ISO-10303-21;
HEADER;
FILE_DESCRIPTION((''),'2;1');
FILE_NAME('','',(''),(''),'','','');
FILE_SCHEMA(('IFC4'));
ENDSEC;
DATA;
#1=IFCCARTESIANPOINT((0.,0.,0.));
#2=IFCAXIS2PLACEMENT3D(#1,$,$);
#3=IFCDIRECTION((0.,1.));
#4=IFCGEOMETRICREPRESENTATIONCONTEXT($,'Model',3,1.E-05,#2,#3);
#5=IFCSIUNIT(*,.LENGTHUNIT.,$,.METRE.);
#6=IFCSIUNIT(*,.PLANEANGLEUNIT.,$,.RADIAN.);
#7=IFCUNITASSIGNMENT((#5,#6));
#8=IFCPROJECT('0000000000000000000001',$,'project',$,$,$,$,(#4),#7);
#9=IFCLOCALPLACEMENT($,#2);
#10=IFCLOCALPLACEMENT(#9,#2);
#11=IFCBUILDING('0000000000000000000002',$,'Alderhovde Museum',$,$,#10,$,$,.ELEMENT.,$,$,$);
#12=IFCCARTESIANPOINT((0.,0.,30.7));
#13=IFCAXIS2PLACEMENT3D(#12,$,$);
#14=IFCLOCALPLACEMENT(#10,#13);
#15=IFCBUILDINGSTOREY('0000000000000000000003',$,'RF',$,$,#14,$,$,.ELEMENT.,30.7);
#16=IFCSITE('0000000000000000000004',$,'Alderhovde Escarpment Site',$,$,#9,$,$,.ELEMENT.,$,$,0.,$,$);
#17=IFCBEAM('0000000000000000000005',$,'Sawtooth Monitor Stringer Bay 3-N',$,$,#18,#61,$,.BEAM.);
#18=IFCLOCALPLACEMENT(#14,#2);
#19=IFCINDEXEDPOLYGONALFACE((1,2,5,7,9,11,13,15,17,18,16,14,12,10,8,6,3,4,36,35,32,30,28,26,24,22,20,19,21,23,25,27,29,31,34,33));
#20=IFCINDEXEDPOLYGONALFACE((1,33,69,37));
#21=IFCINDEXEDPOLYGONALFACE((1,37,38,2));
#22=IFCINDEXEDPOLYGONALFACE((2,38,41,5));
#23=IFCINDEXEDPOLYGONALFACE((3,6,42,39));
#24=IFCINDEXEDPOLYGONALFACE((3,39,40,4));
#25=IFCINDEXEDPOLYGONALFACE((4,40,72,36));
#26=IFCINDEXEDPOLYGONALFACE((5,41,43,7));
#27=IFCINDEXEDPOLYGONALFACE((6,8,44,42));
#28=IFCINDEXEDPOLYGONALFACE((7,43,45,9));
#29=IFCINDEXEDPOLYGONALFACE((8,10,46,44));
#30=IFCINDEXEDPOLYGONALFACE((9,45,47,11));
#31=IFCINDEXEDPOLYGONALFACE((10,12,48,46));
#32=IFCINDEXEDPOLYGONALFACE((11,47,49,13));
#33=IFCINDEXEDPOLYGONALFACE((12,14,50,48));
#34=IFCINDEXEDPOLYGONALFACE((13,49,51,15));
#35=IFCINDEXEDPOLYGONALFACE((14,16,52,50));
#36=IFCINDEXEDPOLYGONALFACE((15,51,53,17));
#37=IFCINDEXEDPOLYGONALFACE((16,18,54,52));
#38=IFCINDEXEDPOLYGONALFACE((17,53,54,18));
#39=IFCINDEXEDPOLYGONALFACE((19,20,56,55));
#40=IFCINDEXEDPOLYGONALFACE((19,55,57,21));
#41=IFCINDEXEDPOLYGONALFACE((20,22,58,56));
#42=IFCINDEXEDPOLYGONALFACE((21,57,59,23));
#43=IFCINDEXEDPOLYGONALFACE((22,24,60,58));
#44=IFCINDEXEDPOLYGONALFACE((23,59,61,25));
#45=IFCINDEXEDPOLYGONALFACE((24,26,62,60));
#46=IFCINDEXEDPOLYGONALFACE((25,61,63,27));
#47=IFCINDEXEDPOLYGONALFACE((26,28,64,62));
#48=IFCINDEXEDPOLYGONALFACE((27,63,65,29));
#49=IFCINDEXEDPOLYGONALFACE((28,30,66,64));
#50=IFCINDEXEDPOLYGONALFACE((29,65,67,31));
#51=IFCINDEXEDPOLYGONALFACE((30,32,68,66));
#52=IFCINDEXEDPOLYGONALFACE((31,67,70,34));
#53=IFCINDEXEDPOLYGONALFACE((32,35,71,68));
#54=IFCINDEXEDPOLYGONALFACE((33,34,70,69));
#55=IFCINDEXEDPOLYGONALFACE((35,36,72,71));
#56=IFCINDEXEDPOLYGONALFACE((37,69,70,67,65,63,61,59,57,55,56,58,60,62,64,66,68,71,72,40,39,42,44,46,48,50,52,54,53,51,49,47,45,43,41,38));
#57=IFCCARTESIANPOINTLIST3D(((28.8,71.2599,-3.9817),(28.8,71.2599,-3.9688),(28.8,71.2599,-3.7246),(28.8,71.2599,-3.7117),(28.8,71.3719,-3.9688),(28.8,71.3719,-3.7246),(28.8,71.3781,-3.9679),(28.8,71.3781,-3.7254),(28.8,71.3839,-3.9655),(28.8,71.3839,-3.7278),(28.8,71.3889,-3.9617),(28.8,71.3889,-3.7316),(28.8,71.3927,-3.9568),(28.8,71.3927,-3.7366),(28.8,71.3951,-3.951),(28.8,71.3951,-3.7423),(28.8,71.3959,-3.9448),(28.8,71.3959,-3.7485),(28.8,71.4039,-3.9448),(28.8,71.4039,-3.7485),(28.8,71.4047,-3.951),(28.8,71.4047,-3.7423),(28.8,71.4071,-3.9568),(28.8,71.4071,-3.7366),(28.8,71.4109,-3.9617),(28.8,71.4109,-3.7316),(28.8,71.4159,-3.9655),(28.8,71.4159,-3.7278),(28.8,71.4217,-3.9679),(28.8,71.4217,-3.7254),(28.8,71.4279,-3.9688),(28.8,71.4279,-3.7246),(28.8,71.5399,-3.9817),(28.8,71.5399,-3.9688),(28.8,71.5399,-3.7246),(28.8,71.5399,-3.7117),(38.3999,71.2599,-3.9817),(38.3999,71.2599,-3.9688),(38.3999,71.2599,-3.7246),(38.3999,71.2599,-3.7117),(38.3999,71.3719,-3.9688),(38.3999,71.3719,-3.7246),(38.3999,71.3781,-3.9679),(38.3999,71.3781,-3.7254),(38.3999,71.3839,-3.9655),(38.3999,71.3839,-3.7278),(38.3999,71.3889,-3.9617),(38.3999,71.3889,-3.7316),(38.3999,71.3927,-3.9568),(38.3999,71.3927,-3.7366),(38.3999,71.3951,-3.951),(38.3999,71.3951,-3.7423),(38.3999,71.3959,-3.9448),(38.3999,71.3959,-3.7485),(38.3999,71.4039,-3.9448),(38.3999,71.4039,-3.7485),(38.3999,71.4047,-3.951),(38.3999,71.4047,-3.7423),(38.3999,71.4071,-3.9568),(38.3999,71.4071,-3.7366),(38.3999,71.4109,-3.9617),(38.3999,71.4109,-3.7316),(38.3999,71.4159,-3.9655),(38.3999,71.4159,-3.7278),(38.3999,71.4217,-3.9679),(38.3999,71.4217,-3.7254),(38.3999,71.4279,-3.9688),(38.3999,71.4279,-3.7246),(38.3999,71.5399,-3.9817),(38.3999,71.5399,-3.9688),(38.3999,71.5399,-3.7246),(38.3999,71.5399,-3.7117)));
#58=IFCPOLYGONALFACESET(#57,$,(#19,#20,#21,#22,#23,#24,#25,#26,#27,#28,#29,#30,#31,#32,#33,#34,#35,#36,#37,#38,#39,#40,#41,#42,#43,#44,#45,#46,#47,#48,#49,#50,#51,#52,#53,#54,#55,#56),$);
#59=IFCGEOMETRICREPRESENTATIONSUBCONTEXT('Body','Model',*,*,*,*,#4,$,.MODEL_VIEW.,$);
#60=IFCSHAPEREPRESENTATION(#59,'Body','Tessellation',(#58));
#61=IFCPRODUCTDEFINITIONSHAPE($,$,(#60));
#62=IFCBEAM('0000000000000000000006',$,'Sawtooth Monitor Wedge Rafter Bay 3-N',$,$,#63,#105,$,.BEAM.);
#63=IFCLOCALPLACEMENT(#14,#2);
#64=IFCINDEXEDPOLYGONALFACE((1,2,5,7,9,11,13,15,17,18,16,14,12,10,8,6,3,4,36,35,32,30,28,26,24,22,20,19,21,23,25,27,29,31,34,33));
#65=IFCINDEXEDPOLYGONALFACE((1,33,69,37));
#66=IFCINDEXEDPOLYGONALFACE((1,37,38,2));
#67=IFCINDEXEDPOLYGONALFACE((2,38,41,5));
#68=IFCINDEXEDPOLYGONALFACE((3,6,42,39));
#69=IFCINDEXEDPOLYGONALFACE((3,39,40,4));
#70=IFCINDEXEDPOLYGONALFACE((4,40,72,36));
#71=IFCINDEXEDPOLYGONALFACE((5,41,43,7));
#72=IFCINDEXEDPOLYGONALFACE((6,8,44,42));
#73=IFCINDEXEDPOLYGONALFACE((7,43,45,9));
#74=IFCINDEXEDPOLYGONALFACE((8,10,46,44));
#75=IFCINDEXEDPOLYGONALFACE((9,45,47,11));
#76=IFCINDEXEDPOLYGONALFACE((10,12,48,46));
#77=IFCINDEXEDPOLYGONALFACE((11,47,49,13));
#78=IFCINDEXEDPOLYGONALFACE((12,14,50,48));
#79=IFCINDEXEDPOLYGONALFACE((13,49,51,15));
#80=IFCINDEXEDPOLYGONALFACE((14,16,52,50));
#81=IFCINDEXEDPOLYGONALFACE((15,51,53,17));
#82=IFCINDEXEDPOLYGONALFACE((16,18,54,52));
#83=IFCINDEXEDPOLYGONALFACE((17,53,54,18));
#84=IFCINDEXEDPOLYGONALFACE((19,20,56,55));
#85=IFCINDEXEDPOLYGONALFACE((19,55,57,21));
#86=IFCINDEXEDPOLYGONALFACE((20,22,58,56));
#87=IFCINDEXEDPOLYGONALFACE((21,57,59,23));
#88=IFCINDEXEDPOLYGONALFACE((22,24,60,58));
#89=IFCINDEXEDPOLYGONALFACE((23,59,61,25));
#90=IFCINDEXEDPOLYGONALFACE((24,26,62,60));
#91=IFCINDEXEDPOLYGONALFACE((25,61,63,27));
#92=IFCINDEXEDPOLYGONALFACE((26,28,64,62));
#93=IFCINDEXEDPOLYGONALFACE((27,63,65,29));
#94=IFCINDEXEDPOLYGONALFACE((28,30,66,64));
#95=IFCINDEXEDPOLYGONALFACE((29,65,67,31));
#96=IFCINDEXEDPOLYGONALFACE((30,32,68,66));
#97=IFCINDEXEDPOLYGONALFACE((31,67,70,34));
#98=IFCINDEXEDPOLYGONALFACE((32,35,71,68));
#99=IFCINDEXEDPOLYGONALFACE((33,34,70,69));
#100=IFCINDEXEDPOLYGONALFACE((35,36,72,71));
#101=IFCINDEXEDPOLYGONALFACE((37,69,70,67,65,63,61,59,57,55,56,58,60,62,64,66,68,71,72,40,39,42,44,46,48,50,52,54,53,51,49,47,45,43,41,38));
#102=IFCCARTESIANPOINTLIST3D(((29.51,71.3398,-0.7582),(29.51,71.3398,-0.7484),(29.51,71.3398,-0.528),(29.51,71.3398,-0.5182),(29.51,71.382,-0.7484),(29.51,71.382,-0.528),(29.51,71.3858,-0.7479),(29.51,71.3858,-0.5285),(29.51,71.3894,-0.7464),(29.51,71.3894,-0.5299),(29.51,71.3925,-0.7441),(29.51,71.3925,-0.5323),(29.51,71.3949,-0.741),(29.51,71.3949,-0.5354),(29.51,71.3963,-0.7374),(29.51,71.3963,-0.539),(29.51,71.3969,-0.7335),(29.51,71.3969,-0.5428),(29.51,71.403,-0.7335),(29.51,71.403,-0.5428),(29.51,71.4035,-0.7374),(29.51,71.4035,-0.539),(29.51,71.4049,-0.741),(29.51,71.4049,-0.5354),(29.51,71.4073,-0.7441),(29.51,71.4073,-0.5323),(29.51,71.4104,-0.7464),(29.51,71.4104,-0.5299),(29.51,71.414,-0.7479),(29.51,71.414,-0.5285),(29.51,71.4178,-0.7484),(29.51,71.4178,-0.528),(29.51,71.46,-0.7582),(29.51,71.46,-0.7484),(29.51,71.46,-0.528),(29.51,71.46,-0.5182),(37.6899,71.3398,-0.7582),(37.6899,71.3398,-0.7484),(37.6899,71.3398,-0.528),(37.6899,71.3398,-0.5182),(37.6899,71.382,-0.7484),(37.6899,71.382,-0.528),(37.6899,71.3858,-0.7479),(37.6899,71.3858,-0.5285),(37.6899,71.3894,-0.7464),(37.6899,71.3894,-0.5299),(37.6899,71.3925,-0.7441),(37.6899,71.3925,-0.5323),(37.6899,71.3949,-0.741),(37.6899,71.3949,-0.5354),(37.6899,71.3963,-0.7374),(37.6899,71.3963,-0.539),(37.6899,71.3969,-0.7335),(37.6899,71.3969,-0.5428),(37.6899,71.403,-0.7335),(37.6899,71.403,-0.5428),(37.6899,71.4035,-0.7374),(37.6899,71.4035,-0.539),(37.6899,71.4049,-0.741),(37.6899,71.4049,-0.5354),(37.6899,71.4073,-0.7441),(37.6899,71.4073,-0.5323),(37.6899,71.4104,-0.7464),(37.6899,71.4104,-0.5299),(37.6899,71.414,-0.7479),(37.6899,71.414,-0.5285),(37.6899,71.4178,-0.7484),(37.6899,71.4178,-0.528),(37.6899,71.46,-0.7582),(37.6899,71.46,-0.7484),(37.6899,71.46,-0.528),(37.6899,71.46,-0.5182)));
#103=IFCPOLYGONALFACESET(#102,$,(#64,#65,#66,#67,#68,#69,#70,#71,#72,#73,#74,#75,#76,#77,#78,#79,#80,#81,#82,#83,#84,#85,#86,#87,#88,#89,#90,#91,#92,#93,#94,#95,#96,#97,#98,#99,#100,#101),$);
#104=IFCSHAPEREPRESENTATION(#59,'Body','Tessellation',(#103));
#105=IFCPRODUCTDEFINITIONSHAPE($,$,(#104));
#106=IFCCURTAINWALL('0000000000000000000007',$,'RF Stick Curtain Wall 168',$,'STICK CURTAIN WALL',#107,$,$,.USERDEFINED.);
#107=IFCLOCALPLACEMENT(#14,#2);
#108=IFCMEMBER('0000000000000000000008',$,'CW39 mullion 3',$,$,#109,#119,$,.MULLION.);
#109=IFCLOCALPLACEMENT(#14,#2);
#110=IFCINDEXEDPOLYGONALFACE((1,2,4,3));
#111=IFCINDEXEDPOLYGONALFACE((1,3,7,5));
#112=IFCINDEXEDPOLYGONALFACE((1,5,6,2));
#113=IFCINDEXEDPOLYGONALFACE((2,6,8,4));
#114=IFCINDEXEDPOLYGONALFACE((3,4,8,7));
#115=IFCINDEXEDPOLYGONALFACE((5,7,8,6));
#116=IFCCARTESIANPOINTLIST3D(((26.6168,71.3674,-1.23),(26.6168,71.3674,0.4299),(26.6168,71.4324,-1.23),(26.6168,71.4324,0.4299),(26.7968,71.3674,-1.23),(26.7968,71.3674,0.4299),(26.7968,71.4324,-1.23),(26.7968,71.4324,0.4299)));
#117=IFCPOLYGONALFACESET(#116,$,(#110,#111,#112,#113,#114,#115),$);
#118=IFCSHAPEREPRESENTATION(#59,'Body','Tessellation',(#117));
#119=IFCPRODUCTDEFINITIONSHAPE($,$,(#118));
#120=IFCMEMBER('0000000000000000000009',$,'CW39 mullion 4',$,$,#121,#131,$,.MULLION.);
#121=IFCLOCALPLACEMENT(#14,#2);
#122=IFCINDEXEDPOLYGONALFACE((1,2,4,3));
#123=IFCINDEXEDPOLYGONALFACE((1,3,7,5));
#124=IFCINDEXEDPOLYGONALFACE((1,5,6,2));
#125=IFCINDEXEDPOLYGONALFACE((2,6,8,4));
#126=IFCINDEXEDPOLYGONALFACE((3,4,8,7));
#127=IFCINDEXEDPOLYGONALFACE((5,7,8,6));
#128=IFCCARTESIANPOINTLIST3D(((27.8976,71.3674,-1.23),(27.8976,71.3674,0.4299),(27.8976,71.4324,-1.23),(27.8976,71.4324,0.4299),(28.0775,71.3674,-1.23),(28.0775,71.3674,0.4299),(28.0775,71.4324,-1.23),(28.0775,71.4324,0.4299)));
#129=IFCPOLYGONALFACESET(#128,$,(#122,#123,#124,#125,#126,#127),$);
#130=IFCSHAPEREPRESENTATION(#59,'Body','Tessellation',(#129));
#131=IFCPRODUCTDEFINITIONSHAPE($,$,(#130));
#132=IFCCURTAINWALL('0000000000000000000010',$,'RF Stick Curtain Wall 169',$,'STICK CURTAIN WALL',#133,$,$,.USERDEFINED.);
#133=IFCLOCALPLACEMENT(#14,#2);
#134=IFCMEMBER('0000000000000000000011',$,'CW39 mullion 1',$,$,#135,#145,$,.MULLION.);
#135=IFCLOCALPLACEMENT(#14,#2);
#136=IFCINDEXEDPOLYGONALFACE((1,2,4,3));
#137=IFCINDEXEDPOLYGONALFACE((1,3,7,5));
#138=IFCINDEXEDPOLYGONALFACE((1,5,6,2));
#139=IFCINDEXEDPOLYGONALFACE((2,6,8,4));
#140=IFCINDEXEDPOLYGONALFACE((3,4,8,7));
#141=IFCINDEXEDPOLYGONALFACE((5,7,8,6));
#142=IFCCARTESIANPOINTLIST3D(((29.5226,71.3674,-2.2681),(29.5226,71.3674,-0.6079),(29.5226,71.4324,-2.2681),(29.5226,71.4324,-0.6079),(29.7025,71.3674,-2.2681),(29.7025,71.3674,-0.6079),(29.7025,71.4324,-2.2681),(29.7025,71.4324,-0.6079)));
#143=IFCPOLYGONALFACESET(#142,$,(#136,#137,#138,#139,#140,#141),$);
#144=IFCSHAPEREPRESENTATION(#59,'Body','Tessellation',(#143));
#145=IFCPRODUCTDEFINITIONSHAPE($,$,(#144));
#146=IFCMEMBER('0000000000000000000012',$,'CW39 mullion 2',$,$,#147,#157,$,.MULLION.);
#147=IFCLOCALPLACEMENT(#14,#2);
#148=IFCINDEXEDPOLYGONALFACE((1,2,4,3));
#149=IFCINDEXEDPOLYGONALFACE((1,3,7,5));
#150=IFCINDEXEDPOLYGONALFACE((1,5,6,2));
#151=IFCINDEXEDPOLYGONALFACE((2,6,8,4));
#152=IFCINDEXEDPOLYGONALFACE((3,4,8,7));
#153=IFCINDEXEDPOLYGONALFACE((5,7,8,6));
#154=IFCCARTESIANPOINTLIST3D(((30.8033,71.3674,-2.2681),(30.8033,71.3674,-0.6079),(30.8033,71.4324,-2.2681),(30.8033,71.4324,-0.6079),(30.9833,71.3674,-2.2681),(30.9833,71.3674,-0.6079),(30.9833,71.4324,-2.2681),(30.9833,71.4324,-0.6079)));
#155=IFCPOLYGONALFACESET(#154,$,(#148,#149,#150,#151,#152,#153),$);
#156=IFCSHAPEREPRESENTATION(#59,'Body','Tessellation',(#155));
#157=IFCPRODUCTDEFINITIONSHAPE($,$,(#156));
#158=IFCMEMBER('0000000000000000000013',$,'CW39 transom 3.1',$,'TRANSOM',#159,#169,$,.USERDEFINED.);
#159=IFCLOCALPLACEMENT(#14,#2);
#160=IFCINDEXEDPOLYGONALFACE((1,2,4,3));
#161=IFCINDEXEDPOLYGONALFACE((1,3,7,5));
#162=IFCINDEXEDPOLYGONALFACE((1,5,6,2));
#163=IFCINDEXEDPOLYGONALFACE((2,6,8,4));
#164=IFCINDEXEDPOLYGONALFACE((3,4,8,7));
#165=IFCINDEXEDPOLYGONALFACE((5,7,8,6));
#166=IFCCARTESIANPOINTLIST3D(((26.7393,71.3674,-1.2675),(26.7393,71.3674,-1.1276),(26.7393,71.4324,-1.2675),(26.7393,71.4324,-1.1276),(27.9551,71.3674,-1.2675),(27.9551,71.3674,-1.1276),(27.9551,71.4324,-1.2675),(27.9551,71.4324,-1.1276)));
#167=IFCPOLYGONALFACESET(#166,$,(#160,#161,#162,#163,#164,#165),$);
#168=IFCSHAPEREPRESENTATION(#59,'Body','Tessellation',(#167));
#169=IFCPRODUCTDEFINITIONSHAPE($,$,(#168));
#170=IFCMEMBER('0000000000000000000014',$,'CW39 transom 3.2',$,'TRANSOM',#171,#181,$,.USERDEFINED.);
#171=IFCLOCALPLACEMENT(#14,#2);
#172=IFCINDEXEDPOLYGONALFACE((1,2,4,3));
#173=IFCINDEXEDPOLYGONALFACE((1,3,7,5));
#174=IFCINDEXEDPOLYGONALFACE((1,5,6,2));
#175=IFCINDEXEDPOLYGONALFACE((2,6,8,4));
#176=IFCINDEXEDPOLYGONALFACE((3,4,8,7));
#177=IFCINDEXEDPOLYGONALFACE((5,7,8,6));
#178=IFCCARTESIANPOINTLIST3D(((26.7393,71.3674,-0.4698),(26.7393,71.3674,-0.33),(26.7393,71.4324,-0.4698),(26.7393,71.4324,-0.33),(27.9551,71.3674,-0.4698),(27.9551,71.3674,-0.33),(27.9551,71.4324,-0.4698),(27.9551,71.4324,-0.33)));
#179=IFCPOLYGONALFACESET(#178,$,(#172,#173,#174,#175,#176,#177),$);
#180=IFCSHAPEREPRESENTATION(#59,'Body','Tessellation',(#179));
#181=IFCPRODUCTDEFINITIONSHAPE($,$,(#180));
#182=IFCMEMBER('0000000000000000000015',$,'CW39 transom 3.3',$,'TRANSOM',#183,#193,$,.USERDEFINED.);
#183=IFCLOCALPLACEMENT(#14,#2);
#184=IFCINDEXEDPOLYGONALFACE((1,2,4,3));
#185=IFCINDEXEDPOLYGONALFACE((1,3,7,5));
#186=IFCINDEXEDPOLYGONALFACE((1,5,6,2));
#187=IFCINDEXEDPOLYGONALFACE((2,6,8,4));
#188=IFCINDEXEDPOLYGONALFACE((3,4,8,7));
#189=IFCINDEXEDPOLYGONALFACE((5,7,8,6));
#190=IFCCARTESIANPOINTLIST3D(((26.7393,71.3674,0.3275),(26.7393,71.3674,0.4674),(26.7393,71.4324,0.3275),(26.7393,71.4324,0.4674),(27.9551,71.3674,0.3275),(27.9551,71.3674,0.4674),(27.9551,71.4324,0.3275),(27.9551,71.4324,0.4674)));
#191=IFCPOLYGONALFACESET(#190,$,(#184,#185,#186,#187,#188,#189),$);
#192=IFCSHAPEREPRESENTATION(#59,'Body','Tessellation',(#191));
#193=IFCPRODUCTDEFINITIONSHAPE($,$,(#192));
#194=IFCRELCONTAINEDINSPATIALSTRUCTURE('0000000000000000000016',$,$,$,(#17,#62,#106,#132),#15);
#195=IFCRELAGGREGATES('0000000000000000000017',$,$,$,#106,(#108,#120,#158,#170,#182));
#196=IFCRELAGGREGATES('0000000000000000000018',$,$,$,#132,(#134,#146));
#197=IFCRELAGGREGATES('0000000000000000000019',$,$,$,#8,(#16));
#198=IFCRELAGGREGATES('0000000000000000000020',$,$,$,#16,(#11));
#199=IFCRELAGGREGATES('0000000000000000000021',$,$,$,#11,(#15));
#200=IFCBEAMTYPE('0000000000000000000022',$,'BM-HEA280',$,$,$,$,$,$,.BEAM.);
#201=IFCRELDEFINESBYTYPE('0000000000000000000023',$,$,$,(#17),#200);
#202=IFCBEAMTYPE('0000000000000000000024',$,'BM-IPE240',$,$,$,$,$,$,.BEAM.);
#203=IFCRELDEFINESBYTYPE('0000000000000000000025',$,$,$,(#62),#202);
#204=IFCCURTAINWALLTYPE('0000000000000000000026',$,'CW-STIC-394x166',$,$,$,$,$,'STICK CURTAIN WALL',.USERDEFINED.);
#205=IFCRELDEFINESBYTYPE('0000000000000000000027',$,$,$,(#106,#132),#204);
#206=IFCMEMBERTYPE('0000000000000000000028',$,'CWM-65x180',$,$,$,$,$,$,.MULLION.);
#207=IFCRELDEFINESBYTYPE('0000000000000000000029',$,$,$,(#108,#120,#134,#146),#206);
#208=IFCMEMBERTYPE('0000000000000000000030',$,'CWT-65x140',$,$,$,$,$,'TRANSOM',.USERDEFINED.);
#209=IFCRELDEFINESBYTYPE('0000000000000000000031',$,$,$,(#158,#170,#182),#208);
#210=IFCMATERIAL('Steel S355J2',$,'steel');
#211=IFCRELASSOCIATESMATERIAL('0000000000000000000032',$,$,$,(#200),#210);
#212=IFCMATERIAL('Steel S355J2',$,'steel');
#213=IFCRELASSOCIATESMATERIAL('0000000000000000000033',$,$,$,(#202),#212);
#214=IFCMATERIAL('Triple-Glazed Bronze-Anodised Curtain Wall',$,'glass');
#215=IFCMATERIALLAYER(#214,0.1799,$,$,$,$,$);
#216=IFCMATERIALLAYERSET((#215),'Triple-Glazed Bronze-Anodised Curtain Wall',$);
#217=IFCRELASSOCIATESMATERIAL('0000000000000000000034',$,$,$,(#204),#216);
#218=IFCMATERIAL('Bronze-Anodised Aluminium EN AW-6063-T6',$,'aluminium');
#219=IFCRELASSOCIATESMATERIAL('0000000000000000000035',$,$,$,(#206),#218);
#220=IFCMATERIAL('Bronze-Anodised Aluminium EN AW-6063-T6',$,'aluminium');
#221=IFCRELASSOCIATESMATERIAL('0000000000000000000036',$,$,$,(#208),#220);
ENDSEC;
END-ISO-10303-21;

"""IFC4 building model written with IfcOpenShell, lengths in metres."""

from ifc_helpers import new_model, si_unit, direction, frame, origin, origin_2d, place, context, subcontext, project, spatial, rectangle, i_section, extrude, material, layer, layer_set, material_profile, profile_set, type_object, element, aggregate, save


model = new_model("IFC4")

# Units and contexts
model_context = context("Model", 3, precision=1e-05, world=origin(), true_north=direction((0.0, 1.0)))
body_context = subcontext(model_context, "Body", "Model", "MODEL_VIEW")
ifc_project = project(units=[si_unit("LENGTHUNIT", "METRE"), si_unit("PLANEANGLEUNIT", "RADIAN")], contexts=[model_context])

# Site, building, storey
site_placement = place(None, origin())
site = spatial("IfcSite", under=ifc_project, at=site_placement, Name="Alderhovde Escarpment Site", CompositionType="ELEMENT", RefElevation=0.0)
building_placement = place(site_placement, origin())
building = spatial("IfcBuilding", under=site, at=building_placement, Name="Alderhovde Museum", CompositionType="ELEMENT")
storey_placement = place(building_placement, frame((0.0, 0.0, 30.7)))
storey = spatial("IfcBuildingStorey", under=building, at=storey_placement, Name="RF", CompositionType="ELEMENT", Elevation=30.7)

# Beams
ifc_material_1 = material(Name="Steel S355J2", Category="steel")
ifc_material_profile_1 = material_profile(ifc_material_1, i_section(OverallWidth=0.28, OverallDepth=0.27, WebThickness=0.0081, FlangeThickness=0.0129, FilletRadius=0.0239, at=origin_2d()), Name="HEA 280")
ifc_profile_set_1 = profile_set([ifc_material_profile_1], Name="Steel S355J2")
beam_type_1 = type_object("IfcBeamType", Name="BM-HEA280", PredefinedType="BEAM", material=ifc_profile_set_1)
beam_1_placement = place(storey_placement, frame((28.8, 71.3999, -3.8467), z_axis=(1.0, 0.0, 0.0), x_axis=(0.0, 1.0, 0.0)))
element("IfcBeam", 1, at=beam_1_placement, inside=storey, type_object=beam_type_1, Name="Sawtooth Monitor Stringer Bay 3-N", PredefinedType="BEAM", context=body_context, shape_type="SweptSolid", body=[
    extrude(i_section(OverallWidth=0.28, OverallDepth=0.27, WebThickness=0.0081, FlangeThickness=0.0129, FilletRadius=0.0239, at=origin_2d()), origin(), (0.0, 0.0, 1.0), 9.5999),
])
ifc_material_2 = material(Name="Steel S355J2", Category="steel")
ifc_material_profile_2 = material_profile(ifc_material_2, i_section(OverallWidth=0.1201, OverallDepth=0.24, WebThickness=0.0061, FlangeThickness=0.0098, FilletRadius=0.0149, at=origin_2d()), Name="IPE 240")
ifc_profile_set_2 = profile_set([ifc_material_profile_2], Name="Steel S355J2")
beam_type_2 = type_object("IfcBeamType", Name="BM-IPE240", PredefinedType="BEAM", material=ifc_profile_set_2)
beam_2_placement = place(storey_placement, frame((29.51, 71.3999, -0.6382), z_axis=(1.0, 0.0, 0.0), x_axis=(0.0, 1.0, 0.0)))
element("IfcBeam", 2, at=beam_2_placement, inside=storey, type_object=beam_type_2, Name="Sawtooth Monitor Wedge Rafter Bay 3-N", PredefinedType="BEAM", context=body_context, shape_type="SweptSolid", body=[
    extrude(i_section(OverallWidth=0.1201, OverallDepth=0.24, WebThickness=0.0061, FlangeThickness=0.0098, FilletRadius=0.0149, at=origin_2d()), origin(), (0.0, 0.0, 1.0), 8.1799),
])

# Curtain walls, members
ifc_material_3 = material(Name="Triple-Glazed Bronze-Anodised Curtain Wall", Category="glass")
ifc_layer_1 = layer(ifc_material_3, 0.1799)
ifc_layer_set_1 = layer_set([ifc_layer_1], Name="Triple-Glazed Bronze-Anodised Curtain Wall")
curtain_wall_type = type_object("IfcCurtainWallType", Name="CW-STIC-394x166", ElementType="STICK CURTAIN WALL", PredefinedType="USERDEFINED", material=ifc_layer_set_1)
curtain_wall_1_placement = place(storey_placement, origin())
curtain_wall_1 = element("IfcCurtainWall", 3, at=curtain_wall_1_placement, inside=storey, type_object=curtain_wall_type, Name="RF Stick Curtain Wall 168", ObjectType="STICK CURTAIN WALL", PredefinedType="USERDEFINED")
ifc_material_4 = material(Name="Bronze-Anodised Aluminium EN AW-6063-T6", Category="aluminium")
ifc_material_profile_3 = material_profile(ifc_material_4, rectangle(XDim=0.0649, YDim=0.1799, at=origin_2d()), Name="MULLION 65x180")
ifc_profile_set_3 = profile_set([ifc_material_profile_3], Name="Bronze-Anodised Aluminium EN AW-6063-T6")
member_type_1 = type_object("IfcMemberType", Name="CWM-65x180", PredefinedType="MULLION", material=ifc_profile_set_3)
member_1_placement = place(storey_placement, frame((26.7068, 71.3999, -1.23), z_axis=(0.0, 0.0, 1.0), x_axis=(0.0, 1.0, 0.0)))
member_1 = element("IfcMember", 4, at=member_1_placement, type_object=member_type_1, Name="CW39 mullion 3", PredefinedType="MULLION", context=body_context, shape_type="SweptSolid", body=[
    extrude(rectangle(XDim=0.0649, YDim=0.1799, at=origin_2d()), origin(), (0.0, 0.0, 1.0), 1.6599),
])
member_2_placement = place(storey_placement, frame((27.9875, 71.3999, -1.23), z_axis=(0.0, 0.0, 1.0), x_axis=(0.0, 1.0, 0.0)))
member_2 = element("IfcMember", 5, at=member_2_placement, type_object=member_type_1, Name="CW39 mullion 4", PredefinedType="MULLION", context=body_context, shape_type="SweptSolid", body=[
    extrude(rectangle(XDim=0.0649, YDim=0.1799, at=origin_2d()), origin(), (0.0, 0.0, 1.0), 1.6599),
])
curtain_wall_2_placement = place(storey_placement, origin())
curtain_wall_2 = element("IfcCurtainWall", 6, at=curtain_wall_2_placement, inside=storey, type_object=curtain_wall_type, Name="RF Stick Curtain Wall 169", ObjectType="STICK CURTAIN WALL", PredefinedType="USERDEFINED")
member_3_placement = place(storey_placement, frame((29.6125, 71.3999, -2.2681), z_axis=(0.0, 0.0, 1.0), x_axis=(0.0, 1.0, 0.0)))
member_3 = element("IfcMember", 7, at=member_3_placement, type_object=member_type_1, Name="CW39 mullion 1", PredefinedType="MULLION", context=body_context, shape_type="SweptSolid", body=[
    extrude(rectangle(XDim=0.0649, YDim=0.1799, at=origin_2d()), origin(), (0.0, 0.0, 1.0), 1.6602),
])
member_4_placement = place(storey_placement, frame((30.8933, 71.3999, -2.2681), z_axis=(0.0, 0.0, 1.0), x_axis=(0.0, 1.0, 0.0)))
member_4 = element("IfcMember", 8, at=member_4_placement, type_object=member_type_1, Name="CW39 mullion 2", PredefinedType="MULLION", context=body_context, shape_type="SweptSolid", body=[
    extrude(rectangle(XDim=0.0649, YDim=0.1799, at=origin_2d()), origin(), (0.0, 0.0, 1.0), 1.6602),
])

# Members
ifc_material_5 = material(Name="Bronze-Anodised Aluminium EN AW-6063-T6", Category="aluminium")
ifc_material_profile_4 = material_profile(ifc_material_5, rectangle(XDim=0.0649, YDim=0.1399, at=origin_2d()), Name="TRANSOM 65x140")
ifc_profile_set_4 = profile_set([ifc_material_profile_4], Name="Bronze-Anodised Aluminium EN AW-6063-T6")
member_type_2 = type_object("IfcMemberType", Name="CWT-65x140", ElementType="TRANSOM", PredefinedType="USERDEFINED", material=ifc_profile_set_4)
member_5_placement = place(storey_placement, frame((26.7393, 71.3999, -1.1975), z_axis=(1.0, 0.0, 0.0), x_axis=(0.0, 1.0, 0.0)))
member_5 = element("IfcMember", 9, at=member_5_placement, type_object=member_type_2, Name="CW39 transom 3.1", ObjectType="TRANSOM", PredefinedType="USERDEFINED", context=body_context, shape_type="SweptSolid", body=[
    extrude(rectangle(XDim=0.0649, YDim=0.1399, at=origin_2d()), origin(), (0.0, 0.0, 1.0), 1.2158),
])
member_6_placement = place(storey_placement, frame((26.7393, 71.3999, -0.3999), z_axis=(1.0, 0.0, 0.0), x_axis=(0.0, 1.0, 0.0)))
member_6 = element("IfcMember", 10, at=member_6_placement, type_object=member_type_2, Name="CW39 transom 3.2", ObjectType="TRANSOM", PredefinedType="USERDEFINED", context=body_context, shape_type="SweptSolid", body=[
    extrude(rectangle(XDim=0.0649, YDim=0.1399, at=origin_2d()), origin(), (0.0, 0.0, 1.0), 1.2158),
])
member_7_placement = place(storey_placement, frame((26.7393, 71.3999, 0.3975), z_axis=(1.0, 0.0, 0.0), x_axis=(0.0, 1.0, 0.0)))
member_7 = element("IfcMember", 11, at=member_7_placement, type_object=member_type_2, Name="CW39 transom 3.3", ObjectType="TRANSOM", PredefinedType="USERDEFINED", context=body_context, shape_type="SweptSolid", body=[
    extrude(rectangle(XDim=0.0649, YDim=0.1399, at=origin_2d()), origin(), (0.0, 0.0, 1.0), 1.2158),
])

aggregate(curtain_wall_1, [member_1, member_2, member_5, member_6, member_7])
aggregate(curtain_wall_2, [member_3, member_4])

save(model, "model.ifc")
